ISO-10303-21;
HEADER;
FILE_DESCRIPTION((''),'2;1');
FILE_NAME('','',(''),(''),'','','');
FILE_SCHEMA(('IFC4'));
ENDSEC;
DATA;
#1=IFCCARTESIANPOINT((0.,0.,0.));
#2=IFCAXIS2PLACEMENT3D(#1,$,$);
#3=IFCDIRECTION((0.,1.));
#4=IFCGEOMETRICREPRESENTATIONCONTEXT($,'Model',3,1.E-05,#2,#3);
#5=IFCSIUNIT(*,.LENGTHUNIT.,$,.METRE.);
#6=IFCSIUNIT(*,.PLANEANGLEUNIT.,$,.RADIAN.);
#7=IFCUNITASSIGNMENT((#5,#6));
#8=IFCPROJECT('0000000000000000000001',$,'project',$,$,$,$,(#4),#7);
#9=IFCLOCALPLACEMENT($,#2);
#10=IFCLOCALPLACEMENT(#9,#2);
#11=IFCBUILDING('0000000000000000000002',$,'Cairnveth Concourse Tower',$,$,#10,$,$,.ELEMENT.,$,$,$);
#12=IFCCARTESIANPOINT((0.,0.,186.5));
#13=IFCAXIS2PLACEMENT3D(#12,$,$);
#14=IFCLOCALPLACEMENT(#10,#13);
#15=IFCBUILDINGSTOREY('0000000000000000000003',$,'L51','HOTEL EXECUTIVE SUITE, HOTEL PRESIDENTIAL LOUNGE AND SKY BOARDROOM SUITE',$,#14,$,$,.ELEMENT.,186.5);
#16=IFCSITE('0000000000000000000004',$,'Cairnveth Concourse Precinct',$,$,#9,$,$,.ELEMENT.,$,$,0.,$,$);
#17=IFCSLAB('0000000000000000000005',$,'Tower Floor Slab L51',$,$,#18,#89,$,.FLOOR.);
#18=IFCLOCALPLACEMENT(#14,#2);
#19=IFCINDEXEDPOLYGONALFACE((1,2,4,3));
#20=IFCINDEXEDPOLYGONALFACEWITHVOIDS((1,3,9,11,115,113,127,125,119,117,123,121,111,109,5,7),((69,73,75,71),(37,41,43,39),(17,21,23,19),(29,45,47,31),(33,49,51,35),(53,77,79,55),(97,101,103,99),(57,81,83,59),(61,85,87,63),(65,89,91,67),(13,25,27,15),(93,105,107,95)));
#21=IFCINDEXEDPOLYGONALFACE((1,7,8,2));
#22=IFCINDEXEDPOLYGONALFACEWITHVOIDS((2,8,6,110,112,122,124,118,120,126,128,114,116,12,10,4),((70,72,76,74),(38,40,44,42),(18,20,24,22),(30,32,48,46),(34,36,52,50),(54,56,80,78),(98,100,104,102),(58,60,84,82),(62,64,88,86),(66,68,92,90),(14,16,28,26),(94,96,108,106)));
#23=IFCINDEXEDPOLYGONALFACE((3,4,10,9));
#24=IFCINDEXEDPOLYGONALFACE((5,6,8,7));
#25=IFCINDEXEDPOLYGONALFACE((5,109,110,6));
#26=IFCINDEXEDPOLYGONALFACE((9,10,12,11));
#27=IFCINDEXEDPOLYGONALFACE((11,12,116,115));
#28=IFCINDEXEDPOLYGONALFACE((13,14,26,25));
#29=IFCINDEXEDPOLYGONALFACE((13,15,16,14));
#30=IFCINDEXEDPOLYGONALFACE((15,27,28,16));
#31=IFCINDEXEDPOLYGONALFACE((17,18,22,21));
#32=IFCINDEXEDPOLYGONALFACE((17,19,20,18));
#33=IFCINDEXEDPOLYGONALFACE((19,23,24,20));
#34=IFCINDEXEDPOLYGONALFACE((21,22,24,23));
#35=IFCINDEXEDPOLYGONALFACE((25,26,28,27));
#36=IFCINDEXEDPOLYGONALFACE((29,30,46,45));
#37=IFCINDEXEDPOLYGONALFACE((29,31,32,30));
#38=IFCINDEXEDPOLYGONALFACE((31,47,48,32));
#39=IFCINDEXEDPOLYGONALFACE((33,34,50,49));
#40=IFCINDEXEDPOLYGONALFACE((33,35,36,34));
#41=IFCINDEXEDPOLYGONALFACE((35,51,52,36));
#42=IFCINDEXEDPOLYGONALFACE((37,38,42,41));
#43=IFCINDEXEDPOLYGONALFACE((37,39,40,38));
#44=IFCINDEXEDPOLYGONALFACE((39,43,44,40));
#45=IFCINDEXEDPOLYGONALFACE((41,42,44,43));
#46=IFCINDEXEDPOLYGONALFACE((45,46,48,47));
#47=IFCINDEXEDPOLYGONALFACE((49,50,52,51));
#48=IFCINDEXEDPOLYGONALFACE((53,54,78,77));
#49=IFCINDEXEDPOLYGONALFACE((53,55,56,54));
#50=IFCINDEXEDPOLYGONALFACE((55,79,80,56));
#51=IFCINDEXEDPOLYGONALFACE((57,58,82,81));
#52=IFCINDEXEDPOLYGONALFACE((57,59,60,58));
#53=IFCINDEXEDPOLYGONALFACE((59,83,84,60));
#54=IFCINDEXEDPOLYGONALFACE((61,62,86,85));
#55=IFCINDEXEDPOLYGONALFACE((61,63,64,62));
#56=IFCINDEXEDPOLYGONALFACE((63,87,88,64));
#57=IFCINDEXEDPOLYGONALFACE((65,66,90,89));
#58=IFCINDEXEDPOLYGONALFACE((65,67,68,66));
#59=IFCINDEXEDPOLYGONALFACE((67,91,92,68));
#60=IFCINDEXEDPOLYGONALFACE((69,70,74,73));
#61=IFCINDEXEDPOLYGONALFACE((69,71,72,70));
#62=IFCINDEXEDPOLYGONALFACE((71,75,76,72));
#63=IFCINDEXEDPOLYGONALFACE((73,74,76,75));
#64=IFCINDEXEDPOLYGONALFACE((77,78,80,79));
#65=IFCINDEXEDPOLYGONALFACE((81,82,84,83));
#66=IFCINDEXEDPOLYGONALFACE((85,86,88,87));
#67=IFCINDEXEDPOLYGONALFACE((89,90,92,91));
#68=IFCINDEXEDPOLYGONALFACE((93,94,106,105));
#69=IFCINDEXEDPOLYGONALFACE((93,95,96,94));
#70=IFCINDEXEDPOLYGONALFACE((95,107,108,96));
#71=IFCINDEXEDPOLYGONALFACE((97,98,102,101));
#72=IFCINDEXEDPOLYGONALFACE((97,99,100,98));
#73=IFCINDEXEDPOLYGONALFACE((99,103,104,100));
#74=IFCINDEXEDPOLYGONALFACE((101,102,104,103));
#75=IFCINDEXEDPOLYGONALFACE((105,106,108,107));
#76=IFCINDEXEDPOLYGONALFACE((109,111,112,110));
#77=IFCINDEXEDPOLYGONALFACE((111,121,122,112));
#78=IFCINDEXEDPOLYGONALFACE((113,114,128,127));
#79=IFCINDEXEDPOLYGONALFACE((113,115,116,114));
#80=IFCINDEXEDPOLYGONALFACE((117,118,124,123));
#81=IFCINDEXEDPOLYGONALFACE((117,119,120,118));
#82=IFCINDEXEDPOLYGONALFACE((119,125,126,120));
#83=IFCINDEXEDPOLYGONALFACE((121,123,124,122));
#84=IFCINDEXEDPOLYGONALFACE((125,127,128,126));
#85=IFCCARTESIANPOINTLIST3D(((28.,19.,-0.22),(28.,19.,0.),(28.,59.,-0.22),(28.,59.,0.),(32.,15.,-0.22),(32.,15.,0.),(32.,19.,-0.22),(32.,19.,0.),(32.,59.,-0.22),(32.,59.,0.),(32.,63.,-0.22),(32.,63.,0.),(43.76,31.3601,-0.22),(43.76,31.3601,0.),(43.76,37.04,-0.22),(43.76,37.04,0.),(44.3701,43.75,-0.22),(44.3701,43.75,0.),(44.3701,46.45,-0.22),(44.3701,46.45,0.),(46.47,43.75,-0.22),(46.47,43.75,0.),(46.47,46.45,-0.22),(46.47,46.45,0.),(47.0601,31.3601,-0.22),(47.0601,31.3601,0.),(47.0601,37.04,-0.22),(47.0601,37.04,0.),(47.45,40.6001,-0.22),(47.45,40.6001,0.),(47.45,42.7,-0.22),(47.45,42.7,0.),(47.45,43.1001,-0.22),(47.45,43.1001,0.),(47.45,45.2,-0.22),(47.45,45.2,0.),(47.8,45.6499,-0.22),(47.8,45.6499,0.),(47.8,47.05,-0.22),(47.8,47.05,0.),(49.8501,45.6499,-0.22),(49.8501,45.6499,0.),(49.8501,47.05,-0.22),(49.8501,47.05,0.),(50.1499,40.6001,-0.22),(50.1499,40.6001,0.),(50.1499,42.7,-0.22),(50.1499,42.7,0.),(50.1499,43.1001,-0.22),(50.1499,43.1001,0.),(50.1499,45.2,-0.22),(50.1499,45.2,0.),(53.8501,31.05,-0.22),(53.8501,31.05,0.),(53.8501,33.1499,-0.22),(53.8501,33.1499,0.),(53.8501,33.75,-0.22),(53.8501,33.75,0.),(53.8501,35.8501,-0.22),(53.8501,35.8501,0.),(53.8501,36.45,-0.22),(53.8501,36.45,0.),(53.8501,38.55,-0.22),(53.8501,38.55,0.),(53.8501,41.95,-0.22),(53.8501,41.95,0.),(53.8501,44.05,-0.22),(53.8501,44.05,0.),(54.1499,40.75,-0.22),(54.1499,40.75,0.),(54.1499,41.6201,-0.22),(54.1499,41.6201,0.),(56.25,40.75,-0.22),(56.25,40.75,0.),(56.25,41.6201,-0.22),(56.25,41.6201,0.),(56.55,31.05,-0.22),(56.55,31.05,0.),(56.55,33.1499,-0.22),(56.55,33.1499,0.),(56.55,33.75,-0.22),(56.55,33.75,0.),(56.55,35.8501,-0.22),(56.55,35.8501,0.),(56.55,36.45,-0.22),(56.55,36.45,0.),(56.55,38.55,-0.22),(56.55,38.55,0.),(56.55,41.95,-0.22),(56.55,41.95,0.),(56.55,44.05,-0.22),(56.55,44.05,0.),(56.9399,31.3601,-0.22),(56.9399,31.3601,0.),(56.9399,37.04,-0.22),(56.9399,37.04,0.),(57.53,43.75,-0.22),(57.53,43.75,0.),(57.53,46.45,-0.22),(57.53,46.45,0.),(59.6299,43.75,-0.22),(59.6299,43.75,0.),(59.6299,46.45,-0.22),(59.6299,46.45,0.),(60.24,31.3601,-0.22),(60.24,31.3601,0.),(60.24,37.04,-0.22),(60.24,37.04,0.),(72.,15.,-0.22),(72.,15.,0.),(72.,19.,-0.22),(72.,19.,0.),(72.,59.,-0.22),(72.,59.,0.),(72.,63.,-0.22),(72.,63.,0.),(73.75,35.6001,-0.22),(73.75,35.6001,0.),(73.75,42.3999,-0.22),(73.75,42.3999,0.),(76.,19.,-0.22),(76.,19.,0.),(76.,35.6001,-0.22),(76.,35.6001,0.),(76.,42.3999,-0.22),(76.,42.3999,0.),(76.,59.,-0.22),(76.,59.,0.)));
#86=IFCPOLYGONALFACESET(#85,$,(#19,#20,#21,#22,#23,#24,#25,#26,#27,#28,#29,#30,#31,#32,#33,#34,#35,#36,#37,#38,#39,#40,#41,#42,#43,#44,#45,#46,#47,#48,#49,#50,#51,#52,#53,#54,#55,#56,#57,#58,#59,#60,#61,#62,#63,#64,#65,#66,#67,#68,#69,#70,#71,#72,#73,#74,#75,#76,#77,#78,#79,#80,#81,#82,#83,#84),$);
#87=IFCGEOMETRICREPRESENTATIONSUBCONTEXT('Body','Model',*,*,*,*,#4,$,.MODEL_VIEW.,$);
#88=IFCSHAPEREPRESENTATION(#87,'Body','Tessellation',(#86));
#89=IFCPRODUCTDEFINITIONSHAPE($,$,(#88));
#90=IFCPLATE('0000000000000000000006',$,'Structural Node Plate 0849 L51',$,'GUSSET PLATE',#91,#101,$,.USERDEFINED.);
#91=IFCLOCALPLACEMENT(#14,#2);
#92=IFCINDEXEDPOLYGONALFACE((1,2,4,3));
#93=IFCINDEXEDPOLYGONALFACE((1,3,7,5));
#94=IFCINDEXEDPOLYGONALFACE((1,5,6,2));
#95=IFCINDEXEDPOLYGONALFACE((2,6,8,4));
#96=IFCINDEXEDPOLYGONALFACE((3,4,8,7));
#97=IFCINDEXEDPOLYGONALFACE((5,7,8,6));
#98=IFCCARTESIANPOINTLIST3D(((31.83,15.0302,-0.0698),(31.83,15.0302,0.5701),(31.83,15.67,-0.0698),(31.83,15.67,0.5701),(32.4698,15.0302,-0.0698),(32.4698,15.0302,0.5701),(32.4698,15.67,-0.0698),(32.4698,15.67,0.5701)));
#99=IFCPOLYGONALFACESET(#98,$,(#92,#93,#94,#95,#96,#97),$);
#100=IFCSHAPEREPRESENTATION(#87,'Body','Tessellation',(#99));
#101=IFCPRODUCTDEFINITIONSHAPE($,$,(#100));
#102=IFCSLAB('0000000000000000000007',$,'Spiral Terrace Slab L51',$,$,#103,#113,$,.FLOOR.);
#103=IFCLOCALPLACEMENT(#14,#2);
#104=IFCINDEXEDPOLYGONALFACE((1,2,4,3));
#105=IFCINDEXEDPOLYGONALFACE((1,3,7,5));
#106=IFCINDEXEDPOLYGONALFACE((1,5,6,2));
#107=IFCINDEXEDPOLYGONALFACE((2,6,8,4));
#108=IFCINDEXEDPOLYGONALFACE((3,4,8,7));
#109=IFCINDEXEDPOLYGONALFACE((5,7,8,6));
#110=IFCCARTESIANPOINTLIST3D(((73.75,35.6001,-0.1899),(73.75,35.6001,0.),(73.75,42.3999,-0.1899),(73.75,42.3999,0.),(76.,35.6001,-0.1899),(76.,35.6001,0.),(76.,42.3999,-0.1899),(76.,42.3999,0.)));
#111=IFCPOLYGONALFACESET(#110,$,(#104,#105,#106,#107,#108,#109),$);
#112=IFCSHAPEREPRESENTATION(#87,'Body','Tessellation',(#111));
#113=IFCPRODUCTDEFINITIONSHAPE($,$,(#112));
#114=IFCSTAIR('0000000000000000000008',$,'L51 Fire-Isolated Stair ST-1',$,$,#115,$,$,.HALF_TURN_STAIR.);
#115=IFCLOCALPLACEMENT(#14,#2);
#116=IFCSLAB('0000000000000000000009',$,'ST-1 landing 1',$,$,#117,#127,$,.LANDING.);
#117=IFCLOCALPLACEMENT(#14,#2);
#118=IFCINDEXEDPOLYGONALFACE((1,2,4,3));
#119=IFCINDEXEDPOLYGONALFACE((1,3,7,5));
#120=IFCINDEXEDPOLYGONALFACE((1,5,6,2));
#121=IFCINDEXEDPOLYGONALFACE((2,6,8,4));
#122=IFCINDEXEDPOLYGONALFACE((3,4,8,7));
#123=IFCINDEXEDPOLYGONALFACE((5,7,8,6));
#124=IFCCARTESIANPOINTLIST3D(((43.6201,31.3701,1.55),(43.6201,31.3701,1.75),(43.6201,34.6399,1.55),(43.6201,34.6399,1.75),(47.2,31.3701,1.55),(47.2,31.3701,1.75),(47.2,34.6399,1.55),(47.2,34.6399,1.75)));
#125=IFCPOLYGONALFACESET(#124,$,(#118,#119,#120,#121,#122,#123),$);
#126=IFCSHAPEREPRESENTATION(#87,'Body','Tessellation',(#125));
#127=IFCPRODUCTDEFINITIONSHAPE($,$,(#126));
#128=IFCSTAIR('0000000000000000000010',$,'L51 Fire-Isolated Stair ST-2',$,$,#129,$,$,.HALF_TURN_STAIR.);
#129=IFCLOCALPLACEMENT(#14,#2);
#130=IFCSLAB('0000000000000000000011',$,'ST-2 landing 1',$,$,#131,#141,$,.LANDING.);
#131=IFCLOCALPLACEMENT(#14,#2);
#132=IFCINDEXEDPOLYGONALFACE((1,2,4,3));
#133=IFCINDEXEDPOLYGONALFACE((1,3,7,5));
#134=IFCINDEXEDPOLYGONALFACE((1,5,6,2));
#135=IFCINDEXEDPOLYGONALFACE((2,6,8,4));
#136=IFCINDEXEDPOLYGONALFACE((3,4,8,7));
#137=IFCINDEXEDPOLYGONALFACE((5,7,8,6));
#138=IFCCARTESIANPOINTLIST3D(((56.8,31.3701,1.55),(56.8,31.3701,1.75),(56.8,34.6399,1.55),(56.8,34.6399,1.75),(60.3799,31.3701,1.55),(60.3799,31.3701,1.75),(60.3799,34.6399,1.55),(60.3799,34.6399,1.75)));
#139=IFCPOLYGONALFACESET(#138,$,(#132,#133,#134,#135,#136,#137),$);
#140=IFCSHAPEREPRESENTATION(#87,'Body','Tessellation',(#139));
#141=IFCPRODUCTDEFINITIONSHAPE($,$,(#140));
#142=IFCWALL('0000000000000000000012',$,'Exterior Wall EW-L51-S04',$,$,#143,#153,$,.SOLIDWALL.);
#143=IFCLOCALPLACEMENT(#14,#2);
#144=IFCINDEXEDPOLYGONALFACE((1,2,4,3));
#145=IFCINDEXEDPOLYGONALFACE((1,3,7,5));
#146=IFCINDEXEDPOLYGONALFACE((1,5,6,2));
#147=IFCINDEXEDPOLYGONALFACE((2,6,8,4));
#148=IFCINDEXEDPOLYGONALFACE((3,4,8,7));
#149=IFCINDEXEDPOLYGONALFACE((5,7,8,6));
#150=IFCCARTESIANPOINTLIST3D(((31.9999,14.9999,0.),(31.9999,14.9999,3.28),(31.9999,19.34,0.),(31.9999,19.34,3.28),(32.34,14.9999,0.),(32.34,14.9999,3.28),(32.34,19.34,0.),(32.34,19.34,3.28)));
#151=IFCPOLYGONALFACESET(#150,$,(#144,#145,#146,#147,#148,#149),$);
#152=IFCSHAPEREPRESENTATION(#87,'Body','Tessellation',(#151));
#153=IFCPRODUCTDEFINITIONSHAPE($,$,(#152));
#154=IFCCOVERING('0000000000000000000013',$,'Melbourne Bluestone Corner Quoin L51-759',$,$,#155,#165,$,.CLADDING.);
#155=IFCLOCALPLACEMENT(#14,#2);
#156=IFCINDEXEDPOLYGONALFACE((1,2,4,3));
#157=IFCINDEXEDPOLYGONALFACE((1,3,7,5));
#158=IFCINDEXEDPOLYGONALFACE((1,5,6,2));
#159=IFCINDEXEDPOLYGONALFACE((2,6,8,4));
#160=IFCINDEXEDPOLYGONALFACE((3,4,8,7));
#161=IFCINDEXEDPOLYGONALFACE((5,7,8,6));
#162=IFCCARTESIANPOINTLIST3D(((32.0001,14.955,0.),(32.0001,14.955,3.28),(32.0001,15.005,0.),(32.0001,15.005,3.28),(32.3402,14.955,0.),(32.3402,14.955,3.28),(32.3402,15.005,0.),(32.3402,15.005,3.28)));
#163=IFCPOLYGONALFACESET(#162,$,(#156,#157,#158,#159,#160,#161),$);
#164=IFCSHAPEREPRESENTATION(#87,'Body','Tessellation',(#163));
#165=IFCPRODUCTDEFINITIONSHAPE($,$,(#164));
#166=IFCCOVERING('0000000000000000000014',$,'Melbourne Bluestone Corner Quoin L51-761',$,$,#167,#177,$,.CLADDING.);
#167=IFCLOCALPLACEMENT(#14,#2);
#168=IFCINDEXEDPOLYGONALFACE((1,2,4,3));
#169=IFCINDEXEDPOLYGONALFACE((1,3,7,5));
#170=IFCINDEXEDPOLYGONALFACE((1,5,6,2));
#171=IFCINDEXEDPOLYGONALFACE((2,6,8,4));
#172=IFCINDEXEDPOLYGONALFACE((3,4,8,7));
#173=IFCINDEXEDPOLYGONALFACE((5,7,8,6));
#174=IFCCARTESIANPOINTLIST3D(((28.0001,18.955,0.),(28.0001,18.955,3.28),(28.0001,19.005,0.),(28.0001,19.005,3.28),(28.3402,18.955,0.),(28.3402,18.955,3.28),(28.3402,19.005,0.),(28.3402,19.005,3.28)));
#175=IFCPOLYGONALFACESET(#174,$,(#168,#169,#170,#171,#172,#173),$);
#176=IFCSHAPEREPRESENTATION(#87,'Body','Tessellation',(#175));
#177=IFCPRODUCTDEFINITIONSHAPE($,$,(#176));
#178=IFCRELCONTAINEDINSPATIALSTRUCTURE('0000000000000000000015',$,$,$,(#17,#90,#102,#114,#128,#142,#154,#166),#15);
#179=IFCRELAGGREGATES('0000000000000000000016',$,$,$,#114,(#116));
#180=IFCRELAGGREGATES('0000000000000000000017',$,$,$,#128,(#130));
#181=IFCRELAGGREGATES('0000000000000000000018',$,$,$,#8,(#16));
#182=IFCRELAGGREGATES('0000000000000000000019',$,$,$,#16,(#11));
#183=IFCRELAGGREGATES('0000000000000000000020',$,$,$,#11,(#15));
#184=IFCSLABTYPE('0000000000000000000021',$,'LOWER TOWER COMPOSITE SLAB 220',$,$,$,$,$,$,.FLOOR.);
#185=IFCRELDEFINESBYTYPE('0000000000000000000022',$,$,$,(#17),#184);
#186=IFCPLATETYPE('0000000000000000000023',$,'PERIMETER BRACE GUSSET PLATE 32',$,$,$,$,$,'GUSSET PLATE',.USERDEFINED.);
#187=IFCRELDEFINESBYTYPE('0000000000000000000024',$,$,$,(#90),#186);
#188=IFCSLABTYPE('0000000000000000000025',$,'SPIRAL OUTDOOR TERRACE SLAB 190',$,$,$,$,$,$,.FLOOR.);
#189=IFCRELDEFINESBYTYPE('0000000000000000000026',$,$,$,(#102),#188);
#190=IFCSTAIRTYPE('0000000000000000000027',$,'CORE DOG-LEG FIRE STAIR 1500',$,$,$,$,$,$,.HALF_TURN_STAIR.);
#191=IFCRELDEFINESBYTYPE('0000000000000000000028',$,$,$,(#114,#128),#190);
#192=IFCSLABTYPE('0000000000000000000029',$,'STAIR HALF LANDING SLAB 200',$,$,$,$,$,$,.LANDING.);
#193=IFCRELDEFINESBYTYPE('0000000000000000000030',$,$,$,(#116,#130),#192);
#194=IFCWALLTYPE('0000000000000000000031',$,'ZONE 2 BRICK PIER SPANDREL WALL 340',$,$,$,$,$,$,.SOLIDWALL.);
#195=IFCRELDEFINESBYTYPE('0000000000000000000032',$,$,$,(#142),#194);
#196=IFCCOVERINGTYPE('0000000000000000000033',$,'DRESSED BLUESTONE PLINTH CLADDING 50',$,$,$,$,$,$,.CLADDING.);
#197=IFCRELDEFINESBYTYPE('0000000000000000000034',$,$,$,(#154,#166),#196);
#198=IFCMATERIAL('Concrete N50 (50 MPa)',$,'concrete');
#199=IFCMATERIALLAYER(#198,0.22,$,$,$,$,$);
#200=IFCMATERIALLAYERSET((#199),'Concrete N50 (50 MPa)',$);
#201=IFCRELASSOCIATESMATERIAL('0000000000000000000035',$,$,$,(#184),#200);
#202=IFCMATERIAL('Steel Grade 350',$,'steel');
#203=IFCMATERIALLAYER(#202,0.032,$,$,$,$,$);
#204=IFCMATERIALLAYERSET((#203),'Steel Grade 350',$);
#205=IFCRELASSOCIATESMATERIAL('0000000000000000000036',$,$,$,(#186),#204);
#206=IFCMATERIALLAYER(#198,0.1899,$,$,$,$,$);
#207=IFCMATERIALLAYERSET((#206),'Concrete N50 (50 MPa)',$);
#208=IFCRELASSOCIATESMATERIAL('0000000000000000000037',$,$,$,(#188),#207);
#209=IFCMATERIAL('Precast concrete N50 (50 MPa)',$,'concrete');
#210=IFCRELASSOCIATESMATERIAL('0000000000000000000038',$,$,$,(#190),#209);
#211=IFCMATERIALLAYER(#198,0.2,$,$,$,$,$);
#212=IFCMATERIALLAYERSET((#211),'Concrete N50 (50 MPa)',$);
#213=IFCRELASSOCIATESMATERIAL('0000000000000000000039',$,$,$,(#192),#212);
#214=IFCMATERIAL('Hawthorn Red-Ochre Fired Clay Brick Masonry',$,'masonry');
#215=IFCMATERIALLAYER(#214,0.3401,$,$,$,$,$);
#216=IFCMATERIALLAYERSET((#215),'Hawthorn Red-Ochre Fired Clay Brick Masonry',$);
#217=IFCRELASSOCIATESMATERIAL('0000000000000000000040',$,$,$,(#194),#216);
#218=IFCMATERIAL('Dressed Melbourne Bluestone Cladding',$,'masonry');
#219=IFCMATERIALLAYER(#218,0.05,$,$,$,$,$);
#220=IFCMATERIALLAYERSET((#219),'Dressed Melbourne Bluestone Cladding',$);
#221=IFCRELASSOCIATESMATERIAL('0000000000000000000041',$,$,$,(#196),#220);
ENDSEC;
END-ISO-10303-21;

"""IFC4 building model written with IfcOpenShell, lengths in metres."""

from ifc_helpers import new_model, si_unit, direction, frame, frame_2d, origin, origin_2d, place, context, subcontext, project, spatial, polyline, rectangle, outline, extrude, material, layer, layer_set, type_object, element, aggregate, save


model = new_model("IFC4")

# Units and contexts
model_context = context("Model", 3, precision=1e-05, world=origin(), true_north=direction((0.0, 1.0)))
body_context = subcontext(model_context, "Body", "Model", "MODEL_VIEW")
ifc_project = project(units=[si_unit("LENGTHUNIT", "METRE"), si_unit("PLANEANGLEUNIT", "RADIAN")], contexts=[model_context])

# Site, building, storey
site_placement = place(None, origin())
site = spatial("IfcSite", under=ifc_project, at=site_placement, Name="Cairnveth Concourse Precinct", CompositionType="ELEMENT", RefElevation=0.0)
building_placement = place(site_placement, origin())
building = spatial("IfcBuilding", under=site, at=building_placement, Name="Cairnveth Concourse Tower", CompositionType="ELEMENT")
storey_placement = place(building_placement, frame((0.0, 0.0, 186.5)))
storey = spatial("IfcBuildingStorey", under=building, at=storey_placement, Name="L51", Description="HOTEL EXECUTIVE SUITE, HOTEL PRESIDENTIAL LOUNGE AND SKY BOARDROOM SUITE", CompositionType="ELEMENT", Elevation=186.5)

# Shared definitions
ifc_material_1 = material(Name="Steel Grade 350", Category="steel")

# Slab
ifc_material_2 = material(Name="Concrete N50 (50 MPa)", Category="concrete")
ifc_layer_1 = layer(ifc_material_2, 0.22)
ifc_layer_set_1 = layer_set([ifc_layer_1], Name="Concrete N50 (50 MPa)")
slab_type_1 = type_object("IfcSlabType", Name="LOWER TOWER COMPOSITE SLAB 220", PredefinedType="FLOOR", material=ifc_layer_set_1)
slab_1_placement = place(storey_placement, frame((0.0, 0.0, -0.22)))
element("IfcSlab", 1, at=slab_1_placement, inside=storey, type_object=slab_type_1, Name="Tower Floor Slab L51", PredefinedType="FLOOR", context=body_context, shape_type="SweptSolid", body=[
    extrude(outline(polyline([(76.0, 35.6001), (73.75, 35.6001), (73.75, 42.3999), (76.0, 42.3999), (76.0, 59.0), (72.0, 59.0), (72.0, 63.0), (32.0, 63.0), (32.0, 59.0), (28.0, 59.0), (28.0, 19.0), (32.0, 19.0), (32.0, 15.0), (72.0, 15.0), (72.0, 19.0), (76.0, 19.0), (76.0, 35.6001)]), holes=[polyline([(43.76, 31.3601), (47.0601, 31.3601), (47.0601, 37.04), (43.76, 37.04), (43.76, 31.3601)]), polyline([(56.9399, 31.3601), (60.24, 31.3601), (60.24, 37.04), (56.9399, 37.04), (56.9399, 31.3601)]), polyline([(44.3701, 43.75), (46.47, 43.75), (46.47, 46.45), (44.3701, 46.45), (44.3701, 43.75)]), polyline([(57.53, 43.75), (59.6299, 43.75), (59.6299, 46.45), (57.53, 46.45), (57.53, 43.75)]), polyline([(53.8501, 31.05), (56.55, 31.05), (56.55, 33.1499), (53.8501, 33.1499), (53.8501, 31.05)]), polyline([(53.8501, 33.75), (56.55, 33.75), (56.55, 35.8501), (53.8501, 35.8501), (53.8501, 33.75)]), polyline([(53.8501, 36.45), (56.55, 36.45), (56.55, 38.55), (53.8501, 38.55), (53.8501, 36.45)]), polyline([(47.45, 40.6001), (50.1499, 40.6001), (50.1499, 42.7), (47.45, 42.7), (47.45, 40.6001)]), polyline([(47.45, 43.1001), (50.1499, 43.1001), (50.1499, 45.2), (47.45, 45.2), (47.45, 43.1001)]), polyline([(53.8501, 41.95), (56.55, 41.95), (56.55, 44.05), (53.8501, 44.05), (53.8501, 41.95)]), polyline([(47.8, 45.6499), (49.8501, 45.6499), (49.8501, 47.05), (47.8, 47.05), (47.8, 45.6499)]), polyline([(54.1499, 40.75), (56.25, 40.75), (56.25, 41.6201), (54.1499, 41.6201), (54.1499, 40.75)])]), origin(), (0.0, 0.0, 1.0), 0.22),
])

# Plate
ifc_layer_2 = layer(ifc_material_1, 0.032)
ifc_layer_set_2 = layer_set([ifc_layer_2], Name="Steel Grade 350")
plate_type = type_object("IfcPlateType", Name="PERIMETER BRACE GUSSET PLATE 32", ElementType="GUSSET PLATE", PredefinedType="USERDEFINED", material=ifc_layer_set_2)
plate_placement = place(storey_placement, frame((32.1499, 15.3501, -0.0698), z_axis=(0.0, 0.0, 1.0), x_axis=(1.0, 0.0, 0.0)))
element("IfcPlate", 2, at=plate_placement, inside=storey, type_object=plate_type, Name="Structural Node Plate 0849 L51", ObjectType="GUSSET PLATE", PredefinedType="USERDEFINED", context=body_context, shape_type="SweptSolid", body=[
    extrude(rectangle(XDim=0.6399, YDim=0.6399, at=origin_2d()), origin(), (0.0, 0.0, 1.0), 0.6399),
])

# Slab
ifc_layer_3 = layer(ifc_material_2, 0.1899)
ifc_layer_set_3 = layer_set([ifc_layer_3], Name="Concrete N50 (50 MPa)")
slab_type_2 = type_object("IfcSlabType", Name="SPIRAL OUTDOOR TERRACE SLAB 190", PredefinedType="FLOOR", material=ifc_layer_set_3)
slab_2_placement = place(storey_placement, frame((0.0, 0.0, -0.1899)))
element("IfcSlab", 3, at=slab_2_placement, inside=storey, type_object=slab_type_2, Name="Spiral Terrace Slab L51", PredefinedType="FLOOR", context=body_context, shape_type="SweptSolid", body=[
    extrude(outline(polyline([(73.75, 35.6001), (76.0, 35.6001), (76.0, 42.3999), (73.75, 42.3999), (73.75, 35.6001)])), origin(), (0.0, 0.0, 1.0), 0.1899),
])

# Stairs, slabs
ifc_material_3 = material(Name="Precast concrete N50 (50 MPa)", Category="concrete")
stair_type = type_object("IfcStairType", Name="CORE DOG-LEG FIRE STAIR 1500", PredefinedType="HALF_TURN_STAIR", material=ifc_material_3)
stair_1_placement = place(storey_placement, origin())
stair_1 = element("IfcStair", 4, at=stair_1_placement, inside=storey, type_object=stair_type, Name="L51 Fire-Isolated Stair ST-1", PredefinedType="HALF_TURN_STAIR")
ifc_layer_4 = layer(ifc_material_2, 0.2)
ifc_layer_set_4 = layer_set([ifc_layer_4], Name="Concrete N50 (50 MPa)")
slab_type_3 = type_object("IfcSlabType", Name="STAIR HALF LANDING SLAB 200", PredefinedType="LANDING", material=ifc_layer_set_4)
slab_3_placement = place(storey_placement, frame((0.0, 0.0, 1.55)))
slab_3 = element("IfcSlab", 5, at=slab_3_placement, type_object=slab_type_3, Name="ST-1 landing 1", PredefinedType="LANDING", context=body_context, shape_type="SweptSolid", body=[
    extrude(outline(polyline([(43.6201, 34.6399), (43.6201, 31.3701), (47.2, 31.3701), (47.2, 34.6399), (43.6201, 34.6399)])), origin(), (0.0, 0.0, 1.0), 0.2),
])
aggregate(stair_1, [slab_3])
stair_2_placement = place(storey_placement, origin())
stair_2 = element("IfcStair", 6, at=stair_2_placement, inside=storey, type_object=stair_type, Name="L51 Fire-Isolated Stair ST-2", PredefinedType="HALF_TURN_STAIR")
slab_4_placement = place(storey_placement, frame((0.0, 0.0, 1.55)))
slab_4 = element("IfcSlab", 7, at=slab_4_placement, type_object=slab_type_3, Name="ST-2 landing 1", PredefinedType="LANDING", context=body_context, shape_type="SweptSolid", body=[
    extrude(outline(polyline([(56.8, 34.6399), (56.8, 31.3701), (60.3799, 31.3701), (60.3799, 34.6399), (56.8, 34.6399)])), origin(), (0.0, 0.0, 1.0), 0.2),
])
aggregate(stair_2, [slab_4])

# Wall
ifc_material_4 = material(Name="Hawthorn Red-Ochre Fired Clay Brick Masonry", Category="masonry")
ifc_layer_5 = layer(ifc_material_4, 0.3401)
ifc_layer_set_5 = layer_set([ifc_layer_5], Name="Hawthorn Red-Ochre Fired Clay Brick Masonry")
wall_type = type_object("IfcWallType", Name="ZONE 2 BRICK PIER SPANDREL WALL 340", PredefinedType="SOLIDWALL", material=ifc_layer_set_5)
wall_1_placement = place(storey_placement, frame((32.1699, 15.0, 0.0), z_axis=(0.0, 0.0, 1.0), x_axis=(0.0, 1.0, 0.0)))
element("IfcWall", 8, at=wall_1_placement, inside=storey, type_object=wall_type, Name="Exterior Wall EW-L51-S04", PredefinedType="SOLIDWALL", context=body_context, shape_type="SweptSolid", body=[
    extrude(rectangle(XDim=4.3401, YDim=0.3401, at=frame_2d((2.1699, 0.0))), origin(), (0.0, 0.0, 1.0), 3.28),
])

# Coverings
ifc_material_5 = material(Name="Dressed Melbourne Bluestone Cladding", Category="masonry")
ifc_layer_6 = layer(ifc_material_5, 0.05)
ifc_layer_set_6 = layer_set([ifc_layer_6], Name="Dressed Melbourne Bluestone Cladding")
covering_type = type_object("IfcCoveringType", Name="DRESSED BLUESTONE PLINTH CLADDING 50", PredefinedType="CLADDING", material=ifc_layer_set_6)
for number, where, z_axis, x_axis, name in (
    (9, (32.3401, 14.98, 0.0), (0.0, 0.0, 1.0), (-1.0, 0.0, 0.0), "Melbourne Bluestone Corner Quoin L51-759"),
    (10, (28.3401, 18.98, 0.0), (0.0, 0.0, 1.0), (-1.0, 0.0, 0.0), "Melbourne Bluestone Corner Quoin L51-761"),
):
    element("IfcCovering", number, at=place(storey_placement, frame(where, z_axis=z_axis, x_axis=x_axis)), inside=storey, type_object=covering_type, Name=name, PredefinedType="CLADDING", context=body_context, shape_type="SweptSolid", body=[
        extrude(rectangle(XDim=0.3401, YDim=0.05, at=frame_2d((0.1699, 0.0))), origin(), (0.0, 0.0, 1.0), 3.28),
    ])

save(model, "model.ifc")
